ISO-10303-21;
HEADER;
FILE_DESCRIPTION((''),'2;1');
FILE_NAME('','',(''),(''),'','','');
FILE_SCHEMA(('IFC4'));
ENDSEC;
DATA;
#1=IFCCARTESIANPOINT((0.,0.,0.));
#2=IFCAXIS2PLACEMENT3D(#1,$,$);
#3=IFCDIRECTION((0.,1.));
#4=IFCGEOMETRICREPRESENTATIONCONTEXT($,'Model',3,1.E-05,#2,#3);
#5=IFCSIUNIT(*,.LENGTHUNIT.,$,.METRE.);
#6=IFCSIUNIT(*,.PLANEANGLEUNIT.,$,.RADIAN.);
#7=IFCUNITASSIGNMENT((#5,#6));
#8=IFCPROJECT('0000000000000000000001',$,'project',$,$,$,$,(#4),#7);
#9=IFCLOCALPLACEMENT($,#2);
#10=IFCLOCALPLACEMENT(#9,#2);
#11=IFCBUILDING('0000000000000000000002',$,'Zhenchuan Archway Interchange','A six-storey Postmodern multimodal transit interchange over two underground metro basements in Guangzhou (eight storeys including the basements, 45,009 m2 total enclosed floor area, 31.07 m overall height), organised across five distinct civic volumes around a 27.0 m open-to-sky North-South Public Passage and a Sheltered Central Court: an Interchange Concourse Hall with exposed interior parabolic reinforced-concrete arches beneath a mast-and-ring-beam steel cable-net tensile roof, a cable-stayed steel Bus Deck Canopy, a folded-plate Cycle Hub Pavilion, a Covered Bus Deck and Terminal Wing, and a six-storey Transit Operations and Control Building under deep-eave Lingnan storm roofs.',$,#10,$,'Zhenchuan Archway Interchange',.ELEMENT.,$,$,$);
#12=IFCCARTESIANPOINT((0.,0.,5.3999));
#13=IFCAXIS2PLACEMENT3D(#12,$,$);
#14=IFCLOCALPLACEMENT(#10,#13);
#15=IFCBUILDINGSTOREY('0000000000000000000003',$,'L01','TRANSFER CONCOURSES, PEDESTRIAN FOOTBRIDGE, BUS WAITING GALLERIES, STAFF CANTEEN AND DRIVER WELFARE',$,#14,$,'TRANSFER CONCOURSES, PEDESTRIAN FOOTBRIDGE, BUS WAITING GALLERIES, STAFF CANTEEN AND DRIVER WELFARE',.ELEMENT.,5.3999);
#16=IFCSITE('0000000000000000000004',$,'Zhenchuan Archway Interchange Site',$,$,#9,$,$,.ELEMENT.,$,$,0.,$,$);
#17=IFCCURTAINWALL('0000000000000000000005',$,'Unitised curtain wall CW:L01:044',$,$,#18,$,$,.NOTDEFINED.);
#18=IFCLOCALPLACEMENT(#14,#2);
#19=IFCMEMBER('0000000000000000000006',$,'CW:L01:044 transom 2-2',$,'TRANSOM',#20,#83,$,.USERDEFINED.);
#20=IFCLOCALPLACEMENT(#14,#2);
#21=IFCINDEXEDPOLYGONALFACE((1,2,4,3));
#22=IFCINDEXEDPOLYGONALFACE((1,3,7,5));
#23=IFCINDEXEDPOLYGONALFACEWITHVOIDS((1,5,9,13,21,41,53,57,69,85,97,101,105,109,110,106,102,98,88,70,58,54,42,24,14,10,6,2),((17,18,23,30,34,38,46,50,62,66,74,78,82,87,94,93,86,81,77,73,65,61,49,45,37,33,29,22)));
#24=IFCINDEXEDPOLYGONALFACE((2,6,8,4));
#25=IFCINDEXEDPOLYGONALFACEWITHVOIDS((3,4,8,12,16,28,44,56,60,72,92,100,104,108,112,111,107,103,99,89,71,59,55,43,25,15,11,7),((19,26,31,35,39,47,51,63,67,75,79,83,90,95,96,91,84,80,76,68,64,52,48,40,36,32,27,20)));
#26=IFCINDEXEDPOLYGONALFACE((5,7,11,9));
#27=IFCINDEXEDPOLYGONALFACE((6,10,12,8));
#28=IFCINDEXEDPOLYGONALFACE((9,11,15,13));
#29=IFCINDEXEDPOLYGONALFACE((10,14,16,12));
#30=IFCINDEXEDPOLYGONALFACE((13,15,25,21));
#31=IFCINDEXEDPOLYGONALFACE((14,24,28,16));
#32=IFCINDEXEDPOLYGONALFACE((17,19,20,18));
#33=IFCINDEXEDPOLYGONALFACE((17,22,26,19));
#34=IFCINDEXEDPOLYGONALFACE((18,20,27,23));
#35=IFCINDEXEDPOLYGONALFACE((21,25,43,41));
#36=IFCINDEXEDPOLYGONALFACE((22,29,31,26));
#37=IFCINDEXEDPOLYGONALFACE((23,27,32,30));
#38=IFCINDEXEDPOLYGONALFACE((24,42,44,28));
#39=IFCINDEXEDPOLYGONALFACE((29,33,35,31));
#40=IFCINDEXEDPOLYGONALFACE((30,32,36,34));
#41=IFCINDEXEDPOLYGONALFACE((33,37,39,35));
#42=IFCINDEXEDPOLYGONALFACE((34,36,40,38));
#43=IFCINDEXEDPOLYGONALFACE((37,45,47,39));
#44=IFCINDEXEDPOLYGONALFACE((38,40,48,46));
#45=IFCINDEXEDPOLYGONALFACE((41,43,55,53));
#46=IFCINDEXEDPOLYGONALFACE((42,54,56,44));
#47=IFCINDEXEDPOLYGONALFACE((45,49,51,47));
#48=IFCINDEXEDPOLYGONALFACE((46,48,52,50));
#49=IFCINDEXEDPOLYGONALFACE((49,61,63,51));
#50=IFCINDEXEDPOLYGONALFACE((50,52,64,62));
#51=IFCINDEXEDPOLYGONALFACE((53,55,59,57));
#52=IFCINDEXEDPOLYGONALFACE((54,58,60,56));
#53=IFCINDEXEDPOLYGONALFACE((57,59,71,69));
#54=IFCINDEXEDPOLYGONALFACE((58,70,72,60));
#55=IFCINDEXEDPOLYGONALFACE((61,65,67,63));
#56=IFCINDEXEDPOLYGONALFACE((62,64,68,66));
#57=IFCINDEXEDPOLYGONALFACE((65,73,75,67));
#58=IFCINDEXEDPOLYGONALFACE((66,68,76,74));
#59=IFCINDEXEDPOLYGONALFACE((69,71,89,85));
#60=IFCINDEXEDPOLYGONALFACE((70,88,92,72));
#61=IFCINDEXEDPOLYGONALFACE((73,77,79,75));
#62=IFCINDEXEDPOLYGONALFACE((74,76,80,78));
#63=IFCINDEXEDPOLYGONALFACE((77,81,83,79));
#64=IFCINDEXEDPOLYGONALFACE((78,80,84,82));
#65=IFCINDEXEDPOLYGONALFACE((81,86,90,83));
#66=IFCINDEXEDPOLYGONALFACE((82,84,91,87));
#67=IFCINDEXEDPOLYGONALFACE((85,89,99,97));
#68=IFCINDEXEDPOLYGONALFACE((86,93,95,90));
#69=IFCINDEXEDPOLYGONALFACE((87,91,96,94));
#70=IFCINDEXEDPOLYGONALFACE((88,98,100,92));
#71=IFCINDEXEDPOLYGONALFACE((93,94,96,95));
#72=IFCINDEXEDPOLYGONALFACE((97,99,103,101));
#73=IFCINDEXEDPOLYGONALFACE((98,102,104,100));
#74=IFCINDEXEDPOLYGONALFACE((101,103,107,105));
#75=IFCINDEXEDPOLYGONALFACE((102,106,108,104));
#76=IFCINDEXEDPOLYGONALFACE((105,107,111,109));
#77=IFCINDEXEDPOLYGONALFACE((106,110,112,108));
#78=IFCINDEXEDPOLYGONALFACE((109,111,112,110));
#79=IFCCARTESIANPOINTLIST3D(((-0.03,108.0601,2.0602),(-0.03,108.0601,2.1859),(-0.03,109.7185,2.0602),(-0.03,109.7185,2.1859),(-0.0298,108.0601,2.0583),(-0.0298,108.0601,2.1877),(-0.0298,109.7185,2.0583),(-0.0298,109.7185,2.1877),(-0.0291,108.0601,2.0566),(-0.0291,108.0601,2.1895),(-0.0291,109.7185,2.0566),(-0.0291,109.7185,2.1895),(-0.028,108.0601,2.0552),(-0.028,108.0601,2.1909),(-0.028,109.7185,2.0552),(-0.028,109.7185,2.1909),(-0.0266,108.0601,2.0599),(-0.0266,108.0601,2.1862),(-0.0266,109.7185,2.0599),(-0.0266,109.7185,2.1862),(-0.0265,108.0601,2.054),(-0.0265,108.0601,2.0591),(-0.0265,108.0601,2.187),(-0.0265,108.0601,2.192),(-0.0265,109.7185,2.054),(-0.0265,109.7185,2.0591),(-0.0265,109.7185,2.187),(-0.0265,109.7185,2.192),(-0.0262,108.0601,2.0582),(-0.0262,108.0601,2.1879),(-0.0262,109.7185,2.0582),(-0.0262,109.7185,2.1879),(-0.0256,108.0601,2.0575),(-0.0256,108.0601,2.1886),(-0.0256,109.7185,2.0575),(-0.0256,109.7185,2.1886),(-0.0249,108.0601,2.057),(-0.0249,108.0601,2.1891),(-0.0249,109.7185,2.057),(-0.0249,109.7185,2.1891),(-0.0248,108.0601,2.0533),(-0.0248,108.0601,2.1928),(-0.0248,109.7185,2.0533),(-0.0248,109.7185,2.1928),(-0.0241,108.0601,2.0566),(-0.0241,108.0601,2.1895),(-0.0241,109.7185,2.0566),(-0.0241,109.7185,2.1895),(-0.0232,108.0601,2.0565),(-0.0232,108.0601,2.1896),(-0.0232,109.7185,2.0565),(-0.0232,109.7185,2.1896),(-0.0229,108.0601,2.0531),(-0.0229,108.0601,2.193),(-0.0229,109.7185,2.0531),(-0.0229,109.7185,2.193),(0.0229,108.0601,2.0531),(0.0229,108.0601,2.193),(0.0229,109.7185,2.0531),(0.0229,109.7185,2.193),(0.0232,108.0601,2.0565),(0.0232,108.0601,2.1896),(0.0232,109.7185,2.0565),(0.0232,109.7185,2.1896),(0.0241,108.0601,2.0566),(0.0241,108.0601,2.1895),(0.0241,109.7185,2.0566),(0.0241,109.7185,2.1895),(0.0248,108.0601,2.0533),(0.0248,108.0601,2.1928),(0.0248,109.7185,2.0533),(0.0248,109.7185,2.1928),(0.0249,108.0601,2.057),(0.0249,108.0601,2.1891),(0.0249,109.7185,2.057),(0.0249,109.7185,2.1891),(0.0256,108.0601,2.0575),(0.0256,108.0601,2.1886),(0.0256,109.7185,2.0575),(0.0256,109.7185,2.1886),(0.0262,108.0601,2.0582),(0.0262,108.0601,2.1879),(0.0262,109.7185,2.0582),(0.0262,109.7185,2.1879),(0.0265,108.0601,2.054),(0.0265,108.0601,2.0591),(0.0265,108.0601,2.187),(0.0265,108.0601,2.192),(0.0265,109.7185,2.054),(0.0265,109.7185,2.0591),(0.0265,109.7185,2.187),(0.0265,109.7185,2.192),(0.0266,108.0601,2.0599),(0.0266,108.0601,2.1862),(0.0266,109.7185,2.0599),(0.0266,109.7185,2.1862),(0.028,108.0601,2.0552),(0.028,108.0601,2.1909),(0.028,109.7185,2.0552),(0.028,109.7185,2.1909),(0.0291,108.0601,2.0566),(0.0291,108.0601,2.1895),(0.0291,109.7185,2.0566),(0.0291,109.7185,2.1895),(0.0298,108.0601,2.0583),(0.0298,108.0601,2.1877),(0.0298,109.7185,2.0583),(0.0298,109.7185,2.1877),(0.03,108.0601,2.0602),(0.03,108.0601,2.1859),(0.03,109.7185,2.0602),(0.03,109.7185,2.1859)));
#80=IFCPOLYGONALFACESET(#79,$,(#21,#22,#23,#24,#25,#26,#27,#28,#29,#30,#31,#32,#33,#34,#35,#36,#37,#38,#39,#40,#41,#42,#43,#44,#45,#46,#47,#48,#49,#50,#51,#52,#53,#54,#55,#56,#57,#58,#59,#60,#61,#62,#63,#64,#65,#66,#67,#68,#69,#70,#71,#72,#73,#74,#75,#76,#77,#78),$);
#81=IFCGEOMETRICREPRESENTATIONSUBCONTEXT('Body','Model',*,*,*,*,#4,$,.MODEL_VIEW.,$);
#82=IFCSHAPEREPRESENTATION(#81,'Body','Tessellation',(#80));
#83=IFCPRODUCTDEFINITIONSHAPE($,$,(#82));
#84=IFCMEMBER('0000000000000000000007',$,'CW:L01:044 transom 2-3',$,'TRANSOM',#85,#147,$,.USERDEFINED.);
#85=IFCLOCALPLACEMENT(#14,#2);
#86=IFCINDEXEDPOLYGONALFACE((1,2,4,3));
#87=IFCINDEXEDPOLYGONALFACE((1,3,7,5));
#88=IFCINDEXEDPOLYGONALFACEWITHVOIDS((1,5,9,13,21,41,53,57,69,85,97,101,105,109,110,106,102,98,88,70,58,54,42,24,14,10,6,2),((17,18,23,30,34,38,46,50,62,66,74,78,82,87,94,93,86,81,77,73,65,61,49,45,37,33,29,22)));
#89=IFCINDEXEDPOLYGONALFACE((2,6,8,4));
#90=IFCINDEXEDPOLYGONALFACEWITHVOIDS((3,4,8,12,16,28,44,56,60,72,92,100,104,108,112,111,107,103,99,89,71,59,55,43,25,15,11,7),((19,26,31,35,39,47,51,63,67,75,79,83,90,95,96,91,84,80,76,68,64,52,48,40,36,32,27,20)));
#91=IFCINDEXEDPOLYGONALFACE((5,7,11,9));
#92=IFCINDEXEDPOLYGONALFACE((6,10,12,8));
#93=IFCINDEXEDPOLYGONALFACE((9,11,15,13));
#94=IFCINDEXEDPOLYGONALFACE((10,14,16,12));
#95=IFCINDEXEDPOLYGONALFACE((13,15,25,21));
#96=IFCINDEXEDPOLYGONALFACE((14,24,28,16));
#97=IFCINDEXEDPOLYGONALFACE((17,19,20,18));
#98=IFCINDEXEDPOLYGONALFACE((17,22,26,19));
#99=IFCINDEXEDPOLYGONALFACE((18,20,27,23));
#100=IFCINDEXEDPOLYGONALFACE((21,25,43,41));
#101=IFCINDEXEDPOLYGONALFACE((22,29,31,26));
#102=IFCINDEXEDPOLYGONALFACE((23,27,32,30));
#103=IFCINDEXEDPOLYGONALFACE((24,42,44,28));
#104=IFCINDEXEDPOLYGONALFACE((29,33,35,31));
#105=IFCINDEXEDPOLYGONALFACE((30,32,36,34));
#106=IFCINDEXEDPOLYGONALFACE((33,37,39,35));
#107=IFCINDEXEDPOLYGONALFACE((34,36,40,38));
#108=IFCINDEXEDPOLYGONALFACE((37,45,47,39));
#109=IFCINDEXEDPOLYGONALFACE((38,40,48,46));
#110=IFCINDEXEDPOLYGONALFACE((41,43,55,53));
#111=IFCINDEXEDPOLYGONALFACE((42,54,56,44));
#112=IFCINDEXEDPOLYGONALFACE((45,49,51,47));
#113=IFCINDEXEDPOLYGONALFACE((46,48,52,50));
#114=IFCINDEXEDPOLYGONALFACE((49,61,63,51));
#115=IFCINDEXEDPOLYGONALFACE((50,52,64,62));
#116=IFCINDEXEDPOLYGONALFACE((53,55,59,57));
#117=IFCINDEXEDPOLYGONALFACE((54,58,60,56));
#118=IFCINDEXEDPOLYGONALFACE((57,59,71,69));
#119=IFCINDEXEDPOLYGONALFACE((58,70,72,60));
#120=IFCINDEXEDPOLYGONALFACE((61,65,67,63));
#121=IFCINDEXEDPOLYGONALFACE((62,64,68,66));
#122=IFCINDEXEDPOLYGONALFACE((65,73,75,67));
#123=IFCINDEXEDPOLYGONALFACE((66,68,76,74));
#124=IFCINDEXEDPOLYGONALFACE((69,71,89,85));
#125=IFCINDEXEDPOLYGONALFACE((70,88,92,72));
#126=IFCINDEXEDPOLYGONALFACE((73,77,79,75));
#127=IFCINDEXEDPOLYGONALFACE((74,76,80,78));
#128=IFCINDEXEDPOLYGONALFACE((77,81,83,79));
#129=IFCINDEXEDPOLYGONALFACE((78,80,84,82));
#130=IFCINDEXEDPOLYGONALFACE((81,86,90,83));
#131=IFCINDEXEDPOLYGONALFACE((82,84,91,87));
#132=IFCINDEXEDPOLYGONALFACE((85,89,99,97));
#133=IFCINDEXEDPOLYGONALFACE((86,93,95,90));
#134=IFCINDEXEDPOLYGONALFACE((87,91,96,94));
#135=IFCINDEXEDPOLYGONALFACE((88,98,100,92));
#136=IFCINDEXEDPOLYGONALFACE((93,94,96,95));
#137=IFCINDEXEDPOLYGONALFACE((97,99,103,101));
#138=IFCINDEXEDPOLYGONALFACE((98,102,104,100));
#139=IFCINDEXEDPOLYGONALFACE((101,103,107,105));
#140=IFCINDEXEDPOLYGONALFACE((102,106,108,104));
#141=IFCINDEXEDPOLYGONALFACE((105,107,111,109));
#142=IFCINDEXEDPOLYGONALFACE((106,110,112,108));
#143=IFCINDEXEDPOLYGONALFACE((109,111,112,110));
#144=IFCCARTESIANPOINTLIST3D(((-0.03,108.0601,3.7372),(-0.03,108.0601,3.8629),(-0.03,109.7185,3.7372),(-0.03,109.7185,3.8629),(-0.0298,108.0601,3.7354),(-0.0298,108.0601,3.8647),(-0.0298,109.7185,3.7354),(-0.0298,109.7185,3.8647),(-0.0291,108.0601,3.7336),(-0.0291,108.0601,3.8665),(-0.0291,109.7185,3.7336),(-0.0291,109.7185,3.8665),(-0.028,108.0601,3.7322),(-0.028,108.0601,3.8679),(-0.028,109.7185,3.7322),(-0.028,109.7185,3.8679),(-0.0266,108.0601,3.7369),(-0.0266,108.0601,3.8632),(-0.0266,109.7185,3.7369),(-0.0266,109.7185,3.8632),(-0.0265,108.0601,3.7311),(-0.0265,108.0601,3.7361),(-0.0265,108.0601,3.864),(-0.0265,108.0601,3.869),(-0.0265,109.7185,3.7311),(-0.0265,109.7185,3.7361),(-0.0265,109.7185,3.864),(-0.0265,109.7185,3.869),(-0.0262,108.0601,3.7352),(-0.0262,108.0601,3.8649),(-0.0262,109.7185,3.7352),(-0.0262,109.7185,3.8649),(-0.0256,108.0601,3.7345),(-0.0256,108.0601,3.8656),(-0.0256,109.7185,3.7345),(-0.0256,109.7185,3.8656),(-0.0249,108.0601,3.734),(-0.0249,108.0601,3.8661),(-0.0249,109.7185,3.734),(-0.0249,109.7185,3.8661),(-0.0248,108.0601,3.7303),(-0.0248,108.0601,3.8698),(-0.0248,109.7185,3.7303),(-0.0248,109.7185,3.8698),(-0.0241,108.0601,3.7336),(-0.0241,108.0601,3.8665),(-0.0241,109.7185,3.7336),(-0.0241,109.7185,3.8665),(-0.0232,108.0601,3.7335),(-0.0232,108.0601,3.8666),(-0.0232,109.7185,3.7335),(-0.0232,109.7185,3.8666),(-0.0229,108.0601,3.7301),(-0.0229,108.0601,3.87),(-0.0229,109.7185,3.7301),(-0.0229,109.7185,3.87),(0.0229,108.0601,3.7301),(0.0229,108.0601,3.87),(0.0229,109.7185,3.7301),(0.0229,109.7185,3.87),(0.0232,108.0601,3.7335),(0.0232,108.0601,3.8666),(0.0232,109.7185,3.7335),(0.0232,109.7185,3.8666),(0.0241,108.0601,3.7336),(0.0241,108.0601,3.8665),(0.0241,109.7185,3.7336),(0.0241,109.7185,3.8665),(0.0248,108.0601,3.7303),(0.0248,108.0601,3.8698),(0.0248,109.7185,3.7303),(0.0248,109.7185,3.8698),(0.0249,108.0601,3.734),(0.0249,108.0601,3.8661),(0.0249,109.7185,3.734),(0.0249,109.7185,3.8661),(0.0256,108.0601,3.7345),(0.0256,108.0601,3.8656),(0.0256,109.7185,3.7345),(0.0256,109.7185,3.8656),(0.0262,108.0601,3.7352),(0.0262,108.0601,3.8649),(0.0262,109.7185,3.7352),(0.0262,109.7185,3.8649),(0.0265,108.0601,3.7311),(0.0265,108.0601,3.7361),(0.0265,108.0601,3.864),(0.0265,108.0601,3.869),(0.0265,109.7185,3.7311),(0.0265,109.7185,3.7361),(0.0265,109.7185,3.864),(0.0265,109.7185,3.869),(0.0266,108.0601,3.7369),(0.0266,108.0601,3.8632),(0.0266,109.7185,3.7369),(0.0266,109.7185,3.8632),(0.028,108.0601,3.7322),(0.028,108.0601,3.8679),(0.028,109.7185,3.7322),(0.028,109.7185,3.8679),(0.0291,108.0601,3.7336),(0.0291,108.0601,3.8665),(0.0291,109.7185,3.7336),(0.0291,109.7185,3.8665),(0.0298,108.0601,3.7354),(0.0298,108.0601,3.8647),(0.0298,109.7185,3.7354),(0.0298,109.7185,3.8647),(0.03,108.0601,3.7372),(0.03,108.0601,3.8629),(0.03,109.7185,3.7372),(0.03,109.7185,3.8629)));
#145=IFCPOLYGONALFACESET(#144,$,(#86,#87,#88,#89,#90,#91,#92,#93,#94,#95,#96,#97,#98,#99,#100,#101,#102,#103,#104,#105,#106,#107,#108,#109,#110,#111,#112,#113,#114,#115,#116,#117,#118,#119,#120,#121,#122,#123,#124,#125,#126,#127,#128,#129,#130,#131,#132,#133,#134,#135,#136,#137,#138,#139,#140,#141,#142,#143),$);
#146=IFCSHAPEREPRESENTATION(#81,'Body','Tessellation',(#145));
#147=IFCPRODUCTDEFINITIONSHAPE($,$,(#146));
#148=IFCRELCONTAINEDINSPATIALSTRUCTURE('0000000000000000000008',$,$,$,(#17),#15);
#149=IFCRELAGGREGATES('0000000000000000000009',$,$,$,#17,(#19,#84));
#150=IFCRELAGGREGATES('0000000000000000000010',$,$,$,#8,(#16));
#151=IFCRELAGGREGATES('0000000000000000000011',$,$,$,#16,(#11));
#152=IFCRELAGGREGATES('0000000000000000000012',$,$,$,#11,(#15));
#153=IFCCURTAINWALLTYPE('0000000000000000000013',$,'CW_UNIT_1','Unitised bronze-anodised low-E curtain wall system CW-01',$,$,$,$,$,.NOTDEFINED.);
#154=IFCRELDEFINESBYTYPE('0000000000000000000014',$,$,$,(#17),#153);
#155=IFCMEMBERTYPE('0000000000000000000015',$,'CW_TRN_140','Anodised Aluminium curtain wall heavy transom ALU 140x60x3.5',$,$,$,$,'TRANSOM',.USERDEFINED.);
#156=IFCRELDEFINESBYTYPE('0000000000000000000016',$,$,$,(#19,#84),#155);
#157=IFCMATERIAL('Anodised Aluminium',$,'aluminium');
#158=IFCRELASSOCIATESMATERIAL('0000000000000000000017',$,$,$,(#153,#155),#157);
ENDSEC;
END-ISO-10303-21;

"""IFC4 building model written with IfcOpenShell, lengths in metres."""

from ifc_helpers import new_model, si_unit, direction, frame, origin, origin_2d, place, context, subcontext, project, spatial, hollow_rectangle, extrude, material, material_profile, profile_set, type_object, element, aggregate, save


model = new_model("IFC4")

# Units and contexts
model_context = context("Model", 3, precision=1e-05, world=origin(), true_north=direction((0.0, 1.0)))
body_context = subcontext(model_context, "Body", "Model", "MODEL_VIEW")
ifc_project = project(units=[si_unit("LENGTHUNIT", "METRE"), si_unit("PLANEANGLEUNIT", "RADIAN")], contexts=[model_context])

# Site, building, storey
site_placement = place(None, origin())
site = spatial("IfcSite", under=ifc_project, at=site_placement, Name="Zhenchuan Archway Interchange Site", CompositionType="ELEMENT", RefElevation=0.0)
building_placement = place(site_placement, origin())
building = spatial("IfcBuilding", under=site, at=building_placement, Name="Zhenchuan Archway Interchange", Description="A six-storey Postmodern multimodal transit interchange over two underground metro basements in Guangzhou (eight storeys including the basements, 45,009 m2 total enclosed floor area, 31.07 m overall height), organised across five distinct civic volumes around a 27.0 m open-to-sky North-South Public Passage and a Sheltered Central Court: an Interchange Concourse Hall with exposed interior parabolic reinforced-concrete arches beneath a mast-and-ring-beam steel cable-net tensile roof, a cable-stayed steel Bus Deck Canopy, a folded-plate Cycle Hub Pavilion, a Covered Bus Deck and Terminal Wing, and a six-storey Transit Operations and Control Building under deep-eave Lingnan storm roofs.", LongName="Zhenchuan Archway Interchange", CompositionType="ELEMENT")
storey_placement = place(building_placement, frame((0.0, 0.0, 5.3999)))
storey = spatial("IfcBuildingStorey", under=building, at=storey_placement, Name="L01", Description="TRANSFER CONCOURSES, PEDESTRIAN FOOTBRIDGE, BUS WAITING GALLERIES, STAFF CANTEEN AND DRIVER WELFARE", LongName="TRANSFER CONCOURSES, PEDESTRIAN FOOTBRIDGE, BUS WAITING GALLERIES, STAFF CANTEEN AND DRIVER WELFARE", CompositionType="ELEMENT", Elevation=5.3999)

# Curtain wall
ifc_material_1 = material(Name="Anodised Aluminium", Category="aluminium")
curtain_wall_type_1 = type_object("IfcCurtainWallType", Name="CW_UNIT_1", Description="Unitised bronze-anodised low-E curtain wall system CW-01", PredefinedType="NOTDEFINED", material=ifc_material_1)
curtain_wall_1_placement = place(storey_placement, origin())
curtain_wall_1 = element("IfcCurtainWall", 1, at=curtain_wall_1_placement, inside=storey, type_object=curtain_wall_type_1, Name="Unitised curtain wall CW:L01:044", PredefinedType="NOTDEFINED")

# Members
ifc_material_profile_1 = material_profile(ifc_material_1, hollow_rectangle(XDim=0.0601, YDim=0.1399, WallThickness=0.0034, InnerFilletRadius=0.0034, OuterFilletRadius=0.0071, at=origin_2d()), Name="ALU 140x60x3.5")
ifc_profile_set_1 = profile_set([ifc_material_profile_1], Name="Anodised Aluminium")
member_type_1 = type_object("IfcMemberType", Name="CW_TRN_140", Description="Anodised Aluminium curtain wall heavy transom ALU 140x60x3.5", ElementType="TRANSOM", PredefinedType="USERDEFINED", material=ifc_profile_set_1)
member_1_placement = place(storey_placement, frame((0.0, 108.0601, 2.123), z_axis=(0.0, 1.0, 0.0), x_axis=(-1.0, 0.0, 0.0)))
member_1 = element("IfcMember", 2, at=member_1_placement, type_object=member_type_1, Name="CW:L01:044 transom 2-2", ObjectType="TRANSOM", PredefinedType="USERDEFINED", context=body_context, shape_type="SweptSolid", body=[
    extrude(hollow_rectangle(XDim=0.0601, YDim=0.1399, WallThickness=0.0034, InnerFilletRadius=0.0034, OuterFilletRadius=0.0071, at=origin_2d()), origin(), (0.0, 0.0, 1.0), 1.6584),
])
member_2_placement = place(storey_placement, frame((0.0, 108.0601, 3.8), z_axis=(0.0, 1.0, 0.0), x_axis=(-1.0, 0.0, 0.0)))
member_2 = element("IfcMember", 3, at=member_2_placement, type_object=member_type_1, Name="CW:L01:044 transom 2-3", ObjectType="TRANSOM", PredefinedType="USERDEFINED", context=body_context, shape_type="SweptSolid", body=[
    extrude(hollow_rectangle(XDim=0.0601, YDim=0.1399, WallThickness=0.0034, InnerFilletRadius=0.0034, OuterFilletRadius=0.0071, at=origin_2d()), origin(), (0.0, 0.0, 1.0), 1.6584),
])

aggregate(curtain_wall_1, [member_1, member_2])

save(model, "model.ifc")
